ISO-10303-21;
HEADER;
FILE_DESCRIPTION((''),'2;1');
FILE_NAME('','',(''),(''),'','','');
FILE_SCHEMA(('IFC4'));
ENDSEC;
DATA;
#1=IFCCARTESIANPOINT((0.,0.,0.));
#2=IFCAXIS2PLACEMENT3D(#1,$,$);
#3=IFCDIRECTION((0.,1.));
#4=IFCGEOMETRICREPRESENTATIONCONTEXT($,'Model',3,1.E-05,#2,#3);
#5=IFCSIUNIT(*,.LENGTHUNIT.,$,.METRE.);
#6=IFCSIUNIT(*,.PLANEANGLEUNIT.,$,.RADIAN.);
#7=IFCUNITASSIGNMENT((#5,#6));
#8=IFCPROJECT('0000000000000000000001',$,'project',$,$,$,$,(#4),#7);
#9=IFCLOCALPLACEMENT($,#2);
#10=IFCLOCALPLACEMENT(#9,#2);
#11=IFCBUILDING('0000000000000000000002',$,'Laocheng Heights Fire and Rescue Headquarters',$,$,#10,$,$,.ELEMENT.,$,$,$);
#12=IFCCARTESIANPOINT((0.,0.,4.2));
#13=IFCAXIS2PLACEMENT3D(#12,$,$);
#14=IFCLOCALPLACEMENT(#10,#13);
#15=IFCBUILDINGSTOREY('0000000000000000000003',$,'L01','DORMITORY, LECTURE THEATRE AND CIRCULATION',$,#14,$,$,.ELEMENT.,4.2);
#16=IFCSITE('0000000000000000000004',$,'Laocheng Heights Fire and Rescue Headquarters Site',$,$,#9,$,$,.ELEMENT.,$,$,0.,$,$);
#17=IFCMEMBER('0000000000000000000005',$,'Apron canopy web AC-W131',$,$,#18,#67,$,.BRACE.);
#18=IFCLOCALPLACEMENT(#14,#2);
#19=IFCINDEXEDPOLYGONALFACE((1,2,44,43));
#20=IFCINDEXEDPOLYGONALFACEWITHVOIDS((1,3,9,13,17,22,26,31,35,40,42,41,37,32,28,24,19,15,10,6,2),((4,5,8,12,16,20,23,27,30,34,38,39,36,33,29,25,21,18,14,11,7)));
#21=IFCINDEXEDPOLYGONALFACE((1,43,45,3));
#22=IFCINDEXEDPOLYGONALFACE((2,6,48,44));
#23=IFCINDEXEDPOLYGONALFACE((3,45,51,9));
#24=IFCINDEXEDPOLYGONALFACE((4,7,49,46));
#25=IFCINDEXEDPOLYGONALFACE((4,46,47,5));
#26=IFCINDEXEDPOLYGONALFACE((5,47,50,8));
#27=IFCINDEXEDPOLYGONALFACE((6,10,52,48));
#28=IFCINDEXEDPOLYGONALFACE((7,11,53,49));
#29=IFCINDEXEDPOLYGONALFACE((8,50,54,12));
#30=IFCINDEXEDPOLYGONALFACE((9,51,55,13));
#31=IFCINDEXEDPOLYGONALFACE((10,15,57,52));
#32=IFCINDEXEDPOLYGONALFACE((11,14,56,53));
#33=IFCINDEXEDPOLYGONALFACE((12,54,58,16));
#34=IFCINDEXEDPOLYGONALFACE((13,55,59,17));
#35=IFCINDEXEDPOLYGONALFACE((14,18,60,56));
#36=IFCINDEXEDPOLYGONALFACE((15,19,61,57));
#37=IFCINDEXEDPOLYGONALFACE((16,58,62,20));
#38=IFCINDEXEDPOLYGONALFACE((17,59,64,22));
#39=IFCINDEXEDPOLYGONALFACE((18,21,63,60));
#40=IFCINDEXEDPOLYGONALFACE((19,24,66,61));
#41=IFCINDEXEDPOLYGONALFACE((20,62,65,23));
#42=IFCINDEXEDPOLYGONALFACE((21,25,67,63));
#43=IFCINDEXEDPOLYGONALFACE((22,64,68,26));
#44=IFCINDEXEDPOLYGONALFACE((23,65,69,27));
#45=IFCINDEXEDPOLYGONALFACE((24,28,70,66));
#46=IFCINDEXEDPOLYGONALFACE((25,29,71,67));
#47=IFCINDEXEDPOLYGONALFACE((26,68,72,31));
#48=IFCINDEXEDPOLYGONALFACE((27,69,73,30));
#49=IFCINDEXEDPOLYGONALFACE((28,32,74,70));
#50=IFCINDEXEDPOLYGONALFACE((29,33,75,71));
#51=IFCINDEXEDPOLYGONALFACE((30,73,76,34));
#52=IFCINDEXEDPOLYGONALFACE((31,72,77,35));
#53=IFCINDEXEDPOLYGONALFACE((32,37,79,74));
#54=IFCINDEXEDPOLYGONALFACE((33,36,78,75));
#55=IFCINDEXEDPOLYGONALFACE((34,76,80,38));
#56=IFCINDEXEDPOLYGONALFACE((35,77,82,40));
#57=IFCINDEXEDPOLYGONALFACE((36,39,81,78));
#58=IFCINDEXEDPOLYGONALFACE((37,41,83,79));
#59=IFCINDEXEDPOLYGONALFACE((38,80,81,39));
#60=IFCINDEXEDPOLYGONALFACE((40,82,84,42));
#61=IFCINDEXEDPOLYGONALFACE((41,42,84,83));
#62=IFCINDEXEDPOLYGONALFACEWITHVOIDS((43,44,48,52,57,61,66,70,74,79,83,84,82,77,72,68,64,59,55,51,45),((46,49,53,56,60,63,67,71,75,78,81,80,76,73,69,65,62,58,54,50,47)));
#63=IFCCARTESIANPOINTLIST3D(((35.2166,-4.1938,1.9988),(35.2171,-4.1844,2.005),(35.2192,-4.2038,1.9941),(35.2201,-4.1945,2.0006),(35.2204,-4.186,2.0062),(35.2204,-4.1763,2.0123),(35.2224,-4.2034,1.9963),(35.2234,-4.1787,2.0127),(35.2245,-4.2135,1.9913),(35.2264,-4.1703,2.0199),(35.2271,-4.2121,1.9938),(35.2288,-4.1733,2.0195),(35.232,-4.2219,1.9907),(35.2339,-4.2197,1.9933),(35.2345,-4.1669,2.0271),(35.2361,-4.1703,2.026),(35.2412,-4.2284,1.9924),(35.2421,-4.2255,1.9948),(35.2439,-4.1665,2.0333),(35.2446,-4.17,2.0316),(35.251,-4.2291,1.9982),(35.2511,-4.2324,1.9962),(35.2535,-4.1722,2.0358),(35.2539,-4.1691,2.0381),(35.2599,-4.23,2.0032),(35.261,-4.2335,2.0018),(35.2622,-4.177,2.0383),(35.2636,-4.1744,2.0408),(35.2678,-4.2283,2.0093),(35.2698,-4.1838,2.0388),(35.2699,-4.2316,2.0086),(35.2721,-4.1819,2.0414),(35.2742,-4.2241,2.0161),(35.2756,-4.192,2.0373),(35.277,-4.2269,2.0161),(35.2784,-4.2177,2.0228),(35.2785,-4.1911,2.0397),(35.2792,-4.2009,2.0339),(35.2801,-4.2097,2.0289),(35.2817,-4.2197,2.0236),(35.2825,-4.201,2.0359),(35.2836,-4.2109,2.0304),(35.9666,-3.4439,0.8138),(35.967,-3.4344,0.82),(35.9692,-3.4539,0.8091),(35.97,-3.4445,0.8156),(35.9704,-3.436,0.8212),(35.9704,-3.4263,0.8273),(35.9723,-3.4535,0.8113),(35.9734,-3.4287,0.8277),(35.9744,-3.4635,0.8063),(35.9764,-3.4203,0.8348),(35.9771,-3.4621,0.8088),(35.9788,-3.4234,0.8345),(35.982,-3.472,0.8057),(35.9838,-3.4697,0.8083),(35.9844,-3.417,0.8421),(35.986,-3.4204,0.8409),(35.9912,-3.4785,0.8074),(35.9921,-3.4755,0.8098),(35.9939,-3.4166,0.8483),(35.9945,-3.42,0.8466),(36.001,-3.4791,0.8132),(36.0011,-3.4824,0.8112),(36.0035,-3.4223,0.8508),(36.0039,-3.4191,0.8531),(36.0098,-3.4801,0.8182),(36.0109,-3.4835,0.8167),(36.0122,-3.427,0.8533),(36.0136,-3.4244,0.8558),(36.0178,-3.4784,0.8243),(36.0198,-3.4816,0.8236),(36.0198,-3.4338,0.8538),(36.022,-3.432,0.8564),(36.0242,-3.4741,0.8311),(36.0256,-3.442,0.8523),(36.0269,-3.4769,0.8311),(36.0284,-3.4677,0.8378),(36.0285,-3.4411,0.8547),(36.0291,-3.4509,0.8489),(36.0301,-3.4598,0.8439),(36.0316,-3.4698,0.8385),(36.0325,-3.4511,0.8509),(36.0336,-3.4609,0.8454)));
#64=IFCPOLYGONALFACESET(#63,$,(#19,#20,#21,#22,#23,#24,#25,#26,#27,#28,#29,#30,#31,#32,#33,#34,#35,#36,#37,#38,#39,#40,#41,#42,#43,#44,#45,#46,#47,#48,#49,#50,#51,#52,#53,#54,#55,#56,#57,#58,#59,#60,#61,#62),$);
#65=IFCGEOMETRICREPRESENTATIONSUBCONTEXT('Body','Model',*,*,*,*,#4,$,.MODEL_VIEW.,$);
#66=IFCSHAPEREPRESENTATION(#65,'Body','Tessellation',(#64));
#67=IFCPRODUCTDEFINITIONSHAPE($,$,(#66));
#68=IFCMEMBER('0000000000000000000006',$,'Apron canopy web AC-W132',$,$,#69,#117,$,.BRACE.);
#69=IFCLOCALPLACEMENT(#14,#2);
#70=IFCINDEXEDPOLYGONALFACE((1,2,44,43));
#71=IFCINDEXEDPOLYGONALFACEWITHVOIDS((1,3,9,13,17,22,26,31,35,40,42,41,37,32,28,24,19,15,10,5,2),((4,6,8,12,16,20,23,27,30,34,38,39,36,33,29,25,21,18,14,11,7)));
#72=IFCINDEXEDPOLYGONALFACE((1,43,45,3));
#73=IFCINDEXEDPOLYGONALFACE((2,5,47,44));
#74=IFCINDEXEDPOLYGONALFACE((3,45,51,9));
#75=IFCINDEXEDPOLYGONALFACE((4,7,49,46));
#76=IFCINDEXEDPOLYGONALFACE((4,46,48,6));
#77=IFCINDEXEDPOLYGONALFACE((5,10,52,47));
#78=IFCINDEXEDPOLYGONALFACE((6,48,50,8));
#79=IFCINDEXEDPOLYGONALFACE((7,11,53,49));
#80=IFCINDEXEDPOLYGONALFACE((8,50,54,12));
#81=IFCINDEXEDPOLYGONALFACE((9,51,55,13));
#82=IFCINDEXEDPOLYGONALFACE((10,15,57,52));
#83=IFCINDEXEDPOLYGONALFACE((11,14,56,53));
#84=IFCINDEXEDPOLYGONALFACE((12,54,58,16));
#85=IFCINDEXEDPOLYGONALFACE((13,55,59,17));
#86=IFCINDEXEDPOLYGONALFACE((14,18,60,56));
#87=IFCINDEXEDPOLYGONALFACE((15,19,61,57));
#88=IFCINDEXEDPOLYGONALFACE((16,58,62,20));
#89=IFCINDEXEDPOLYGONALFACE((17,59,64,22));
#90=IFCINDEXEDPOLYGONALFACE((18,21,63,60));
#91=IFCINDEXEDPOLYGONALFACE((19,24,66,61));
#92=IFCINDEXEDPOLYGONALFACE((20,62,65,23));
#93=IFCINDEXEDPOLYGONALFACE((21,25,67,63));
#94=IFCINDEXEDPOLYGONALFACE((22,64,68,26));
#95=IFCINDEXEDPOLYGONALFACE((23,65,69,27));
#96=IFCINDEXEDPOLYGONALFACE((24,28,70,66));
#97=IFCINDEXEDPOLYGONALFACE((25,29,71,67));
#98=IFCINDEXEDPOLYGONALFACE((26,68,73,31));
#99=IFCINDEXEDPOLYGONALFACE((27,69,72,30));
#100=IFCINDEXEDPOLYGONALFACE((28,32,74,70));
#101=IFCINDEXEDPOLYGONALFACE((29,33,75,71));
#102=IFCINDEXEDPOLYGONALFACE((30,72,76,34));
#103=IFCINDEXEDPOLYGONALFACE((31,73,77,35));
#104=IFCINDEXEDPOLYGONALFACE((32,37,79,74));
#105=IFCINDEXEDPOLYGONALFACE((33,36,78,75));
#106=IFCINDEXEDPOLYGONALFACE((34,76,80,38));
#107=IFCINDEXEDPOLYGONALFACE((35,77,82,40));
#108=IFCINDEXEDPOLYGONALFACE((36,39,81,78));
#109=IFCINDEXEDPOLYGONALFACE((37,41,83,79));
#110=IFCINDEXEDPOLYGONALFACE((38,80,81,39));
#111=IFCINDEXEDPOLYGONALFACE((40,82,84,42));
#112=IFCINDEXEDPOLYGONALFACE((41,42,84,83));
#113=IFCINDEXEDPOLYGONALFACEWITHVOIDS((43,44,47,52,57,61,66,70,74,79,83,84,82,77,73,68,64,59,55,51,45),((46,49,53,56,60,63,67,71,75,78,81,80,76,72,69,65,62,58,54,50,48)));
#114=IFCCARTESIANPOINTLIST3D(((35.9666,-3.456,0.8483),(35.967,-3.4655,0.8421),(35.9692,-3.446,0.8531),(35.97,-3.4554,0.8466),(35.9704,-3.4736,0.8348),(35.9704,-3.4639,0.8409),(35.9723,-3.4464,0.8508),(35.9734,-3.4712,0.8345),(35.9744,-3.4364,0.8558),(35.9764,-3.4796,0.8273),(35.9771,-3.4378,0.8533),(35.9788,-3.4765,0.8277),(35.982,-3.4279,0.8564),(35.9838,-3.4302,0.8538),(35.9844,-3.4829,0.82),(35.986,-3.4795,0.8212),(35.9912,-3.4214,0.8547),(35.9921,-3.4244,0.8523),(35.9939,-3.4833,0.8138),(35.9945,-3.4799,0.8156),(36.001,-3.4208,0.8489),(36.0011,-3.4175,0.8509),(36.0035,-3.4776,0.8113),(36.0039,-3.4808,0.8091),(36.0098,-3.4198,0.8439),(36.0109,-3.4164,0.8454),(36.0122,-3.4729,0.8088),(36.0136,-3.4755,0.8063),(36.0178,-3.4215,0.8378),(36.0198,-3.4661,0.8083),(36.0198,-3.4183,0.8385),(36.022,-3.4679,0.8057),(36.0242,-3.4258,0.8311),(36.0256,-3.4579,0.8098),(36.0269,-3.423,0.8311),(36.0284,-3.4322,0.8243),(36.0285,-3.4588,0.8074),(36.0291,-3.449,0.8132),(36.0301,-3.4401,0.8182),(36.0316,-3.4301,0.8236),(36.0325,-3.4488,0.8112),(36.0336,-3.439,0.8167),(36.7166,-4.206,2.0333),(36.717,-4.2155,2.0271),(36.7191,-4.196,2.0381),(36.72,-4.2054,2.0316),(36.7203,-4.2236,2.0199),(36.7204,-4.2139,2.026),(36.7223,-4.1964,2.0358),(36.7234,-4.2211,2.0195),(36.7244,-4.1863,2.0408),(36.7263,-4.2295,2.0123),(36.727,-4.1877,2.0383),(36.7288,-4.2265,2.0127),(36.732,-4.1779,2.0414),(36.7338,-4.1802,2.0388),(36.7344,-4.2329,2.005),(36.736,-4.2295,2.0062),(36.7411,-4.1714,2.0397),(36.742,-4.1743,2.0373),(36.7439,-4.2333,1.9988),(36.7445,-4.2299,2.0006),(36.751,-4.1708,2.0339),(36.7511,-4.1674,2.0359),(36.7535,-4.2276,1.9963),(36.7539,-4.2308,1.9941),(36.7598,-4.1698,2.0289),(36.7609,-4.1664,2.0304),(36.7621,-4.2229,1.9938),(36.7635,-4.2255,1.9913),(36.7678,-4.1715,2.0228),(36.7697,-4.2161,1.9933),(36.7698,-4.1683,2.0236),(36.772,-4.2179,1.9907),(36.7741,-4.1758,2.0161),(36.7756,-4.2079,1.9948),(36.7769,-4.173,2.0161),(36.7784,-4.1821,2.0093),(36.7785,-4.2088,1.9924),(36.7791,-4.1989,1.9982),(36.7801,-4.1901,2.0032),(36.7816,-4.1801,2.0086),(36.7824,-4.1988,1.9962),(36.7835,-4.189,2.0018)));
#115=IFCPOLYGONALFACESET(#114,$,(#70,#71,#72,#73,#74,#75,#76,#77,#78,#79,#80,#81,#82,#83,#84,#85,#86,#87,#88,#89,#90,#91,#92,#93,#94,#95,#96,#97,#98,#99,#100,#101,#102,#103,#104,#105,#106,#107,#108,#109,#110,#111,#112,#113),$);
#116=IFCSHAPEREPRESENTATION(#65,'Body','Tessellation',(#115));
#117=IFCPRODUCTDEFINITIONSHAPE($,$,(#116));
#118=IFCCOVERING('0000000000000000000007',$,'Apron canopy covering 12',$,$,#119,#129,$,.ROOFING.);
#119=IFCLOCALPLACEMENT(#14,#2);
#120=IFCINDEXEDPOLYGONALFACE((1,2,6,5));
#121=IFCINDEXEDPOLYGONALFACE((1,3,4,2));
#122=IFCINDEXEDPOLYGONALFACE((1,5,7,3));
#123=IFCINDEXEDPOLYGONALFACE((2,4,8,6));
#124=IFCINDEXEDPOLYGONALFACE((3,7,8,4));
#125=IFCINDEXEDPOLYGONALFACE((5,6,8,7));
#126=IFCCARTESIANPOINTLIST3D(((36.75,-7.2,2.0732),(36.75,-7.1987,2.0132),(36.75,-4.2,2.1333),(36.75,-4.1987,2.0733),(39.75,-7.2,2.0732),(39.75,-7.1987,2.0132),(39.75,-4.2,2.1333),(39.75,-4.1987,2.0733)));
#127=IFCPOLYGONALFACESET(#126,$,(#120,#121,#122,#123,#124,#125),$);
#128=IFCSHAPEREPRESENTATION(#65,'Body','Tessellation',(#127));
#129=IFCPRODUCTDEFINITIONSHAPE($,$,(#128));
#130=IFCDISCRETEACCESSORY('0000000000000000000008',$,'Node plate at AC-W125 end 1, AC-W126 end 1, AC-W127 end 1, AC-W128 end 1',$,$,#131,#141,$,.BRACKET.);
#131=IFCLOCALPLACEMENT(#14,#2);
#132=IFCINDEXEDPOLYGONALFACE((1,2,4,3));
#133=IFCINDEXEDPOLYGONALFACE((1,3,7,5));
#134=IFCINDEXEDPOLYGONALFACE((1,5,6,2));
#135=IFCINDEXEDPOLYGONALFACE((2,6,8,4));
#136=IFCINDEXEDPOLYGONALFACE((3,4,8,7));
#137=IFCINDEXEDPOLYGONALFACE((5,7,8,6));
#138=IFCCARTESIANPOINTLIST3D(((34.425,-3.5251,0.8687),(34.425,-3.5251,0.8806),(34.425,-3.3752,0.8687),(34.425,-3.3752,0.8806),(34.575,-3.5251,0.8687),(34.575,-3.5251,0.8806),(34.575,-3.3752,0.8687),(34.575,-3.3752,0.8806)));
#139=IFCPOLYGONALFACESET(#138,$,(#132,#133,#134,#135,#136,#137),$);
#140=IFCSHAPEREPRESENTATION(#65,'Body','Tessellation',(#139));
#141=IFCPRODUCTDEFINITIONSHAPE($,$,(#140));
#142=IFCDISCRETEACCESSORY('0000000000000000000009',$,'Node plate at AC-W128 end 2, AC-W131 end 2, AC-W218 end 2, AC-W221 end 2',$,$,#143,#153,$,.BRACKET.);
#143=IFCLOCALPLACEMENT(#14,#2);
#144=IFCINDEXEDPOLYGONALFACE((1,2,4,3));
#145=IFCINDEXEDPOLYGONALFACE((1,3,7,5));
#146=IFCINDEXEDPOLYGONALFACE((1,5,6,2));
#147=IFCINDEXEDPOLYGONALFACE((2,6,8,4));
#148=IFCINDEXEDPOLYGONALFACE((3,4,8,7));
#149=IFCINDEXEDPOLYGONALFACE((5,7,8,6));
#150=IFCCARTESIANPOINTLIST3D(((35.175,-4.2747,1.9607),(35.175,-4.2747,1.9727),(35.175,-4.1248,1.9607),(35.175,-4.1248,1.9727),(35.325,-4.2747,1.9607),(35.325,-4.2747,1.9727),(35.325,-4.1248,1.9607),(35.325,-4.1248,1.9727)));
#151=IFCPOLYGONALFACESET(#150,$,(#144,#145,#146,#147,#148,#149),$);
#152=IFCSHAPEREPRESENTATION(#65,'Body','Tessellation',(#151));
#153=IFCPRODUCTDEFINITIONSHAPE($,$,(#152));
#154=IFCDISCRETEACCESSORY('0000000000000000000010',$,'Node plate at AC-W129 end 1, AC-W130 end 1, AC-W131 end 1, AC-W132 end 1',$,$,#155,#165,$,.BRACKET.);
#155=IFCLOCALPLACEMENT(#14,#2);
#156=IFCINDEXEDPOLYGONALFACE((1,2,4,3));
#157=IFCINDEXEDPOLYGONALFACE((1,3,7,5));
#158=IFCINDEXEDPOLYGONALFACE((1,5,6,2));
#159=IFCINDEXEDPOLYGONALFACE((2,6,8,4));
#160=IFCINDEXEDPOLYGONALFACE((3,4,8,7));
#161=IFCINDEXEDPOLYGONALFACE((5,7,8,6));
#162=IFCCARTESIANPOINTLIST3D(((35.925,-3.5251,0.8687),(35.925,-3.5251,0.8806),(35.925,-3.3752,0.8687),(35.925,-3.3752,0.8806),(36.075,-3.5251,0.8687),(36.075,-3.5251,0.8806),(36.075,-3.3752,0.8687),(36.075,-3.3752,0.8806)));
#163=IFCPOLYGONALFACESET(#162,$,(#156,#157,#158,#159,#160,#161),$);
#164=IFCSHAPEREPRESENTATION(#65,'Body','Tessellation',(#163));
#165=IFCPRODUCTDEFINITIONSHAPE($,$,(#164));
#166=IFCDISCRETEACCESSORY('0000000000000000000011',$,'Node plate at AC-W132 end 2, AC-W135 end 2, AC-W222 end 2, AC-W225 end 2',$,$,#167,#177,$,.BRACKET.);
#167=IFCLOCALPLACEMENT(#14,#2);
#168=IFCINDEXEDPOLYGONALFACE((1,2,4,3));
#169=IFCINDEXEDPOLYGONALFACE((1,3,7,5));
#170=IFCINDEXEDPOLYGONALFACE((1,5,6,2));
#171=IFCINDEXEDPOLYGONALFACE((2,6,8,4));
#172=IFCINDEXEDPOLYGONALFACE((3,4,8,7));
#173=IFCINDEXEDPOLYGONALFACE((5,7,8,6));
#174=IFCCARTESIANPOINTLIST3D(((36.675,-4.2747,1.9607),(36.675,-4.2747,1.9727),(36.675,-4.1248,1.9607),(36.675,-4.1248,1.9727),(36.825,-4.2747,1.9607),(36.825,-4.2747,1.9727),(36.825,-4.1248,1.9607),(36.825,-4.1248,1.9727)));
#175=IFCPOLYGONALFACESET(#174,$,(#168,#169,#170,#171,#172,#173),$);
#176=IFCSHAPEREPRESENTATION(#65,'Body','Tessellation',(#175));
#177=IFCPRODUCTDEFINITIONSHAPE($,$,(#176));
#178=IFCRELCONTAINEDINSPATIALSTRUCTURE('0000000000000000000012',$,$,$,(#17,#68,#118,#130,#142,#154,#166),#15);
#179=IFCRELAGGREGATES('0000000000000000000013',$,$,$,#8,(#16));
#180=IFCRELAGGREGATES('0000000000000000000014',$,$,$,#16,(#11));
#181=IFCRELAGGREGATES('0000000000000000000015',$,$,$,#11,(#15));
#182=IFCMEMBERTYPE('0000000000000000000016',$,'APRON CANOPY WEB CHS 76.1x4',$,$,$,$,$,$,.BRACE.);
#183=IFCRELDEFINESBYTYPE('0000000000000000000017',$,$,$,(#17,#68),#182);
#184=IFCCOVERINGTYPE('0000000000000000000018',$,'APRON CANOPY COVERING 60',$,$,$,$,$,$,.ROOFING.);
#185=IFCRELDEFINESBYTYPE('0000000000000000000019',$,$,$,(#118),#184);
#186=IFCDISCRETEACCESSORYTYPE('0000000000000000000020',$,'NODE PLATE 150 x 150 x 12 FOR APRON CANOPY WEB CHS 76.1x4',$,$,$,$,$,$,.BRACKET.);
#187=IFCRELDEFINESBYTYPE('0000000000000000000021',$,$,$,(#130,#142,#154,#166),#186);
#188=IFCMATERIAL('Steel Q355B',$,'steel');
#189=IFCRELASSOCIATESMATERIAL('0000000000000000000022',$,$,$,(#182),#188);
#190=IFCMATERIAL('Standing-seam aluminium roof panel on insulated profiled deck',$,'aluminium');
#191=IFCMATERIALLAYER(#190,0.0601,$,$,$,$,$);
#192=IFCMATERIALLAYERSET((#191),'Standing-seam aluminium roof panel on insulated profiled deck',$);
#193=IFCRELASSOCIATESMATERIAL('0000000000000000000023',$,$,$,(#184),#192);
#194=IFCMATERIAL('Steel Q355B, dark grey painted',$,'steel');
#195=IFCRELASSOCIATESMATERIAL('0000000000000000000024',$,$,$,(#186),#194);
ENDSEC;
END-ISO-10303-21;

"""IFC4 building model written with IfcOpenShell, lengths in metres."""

from ifc_helpers import new_model, si_unit, direction, frame, origin, origin_2d, place, context, subcontext, project, spatial, polyline, rectangle, hollow_circle, outline, extrude, material, layer, layer_set, material_profile, profile_set, type_object, element, save


model = new_model("IFC4")

# Units and contexts
model_context = context("Model", 3, precision=1e-05, world=origin(), true_north=direction((0.0, 1.0)))
body_context = subcontext(model_context, "Body", "Model", "MODEL_VIEW")
ifc_project = project(units=[si_unit("LENGTHUNIT", "METRE"), si_unit("PLANEANGLEUNIT", "RADIAN")], contexts=[model_context])

# Site, building, storey
site_placement = place(None, origin())
site = spatial("IfcSite", under=ifc_project, at=site_placement, Name="Laocheng Heights Fire and Rescue Headquarters Site", CompositionType="ELEMENT", RefElevation=0.0)
building_placement = place(site_placement, origin())
building = spatial("IfcBuilding", under=site, at=building_placement, Name="Laocheng Heights Fire and Rescue Headquarters", CompositionType="ELEMENT")
storey_placement = place(building_placement, frame((0.0, 0.0, 4.2)))
storey = spatial("IfcBuildingStorey", under=building, at=storey_placement, Name="L01", Description="DORMITORY, LECTURE THEATRE AND CIRCULATION", CompositionType="ELEMENT", Elevation=4.2)

# Members
ifc_material_1 = material(Name="Steel Q355B", Category="steel")
ifc_material_profile_1 = material_profile(ifc_material_1, hollow_circle(Radius=0.0381, WallThickness=0.0039, at=origin_2d()), Name="CHS 76.1x4")
ifc_profile_set_1 = profile_set([ifc_material_profile_1], Name="Steel Q355B")
member_type_1 = type_object("IfcMemberType", Name="APRON CANOPY WEB CHS 76.1x4", PredefinedType="BRACE", material=ifc_profile_set_1)
for number, where, z_axis, x_axis, name in (
    (1, (36.0, -3.45, 0.8311), (-0.47158, -0.47158, 0.745134), (0.707107, -0.707107, 0.0), "Apron canopy web AC-W131"),
    (2, (36.0, -3.45, 0.8311), (0.47158, -0.47158, 0.745134), (0.707107, 0.707107, 0.0), "Apron canopy web AC-W132"),
):
    element("IfcMember", number, at=place(storey_placement, frame(where, z_axis=z_axis, x_axis=x_axis)), inside=storey, type_object=member_type_1, Name=name, PredefinedType="BRACE", context=body_context, shape_type="SweptSolid", body=[
        extrude(hollow_circle(Radius=0.0381, WallThickness=0.0039, at=origin_2d()), origin(), (0.0, 0.0, 1.0), 1.5903),
    ])

# Covering
ifc_material_2 = material(Name="Standing-seam aluminium roof panel on insulated profiled deck", Category="aluminium")
ifc_layer = layer(ifc_material_2, 0.0601)
ifc_layer_set = layer_set([ifc_layer], Name="Standing-seam aluminium roof panel on insulated profiled deck")
covering_type = type_object("IfcCoveringType", Name="APRON CANOPY COVERING 60", PredefinedType="ROOFING", material=ifc_layer_set)
covering_placement = place(storey_placement, frame((36.75, -4.2, 2.1333), z_axis=(0.0, -0.020016, 0.9998), x_axis=(1.0, 0.0, 0.0)))
element("IfcCovering", 3, at=covering_placement, inside=storey, type_object=covering_type, Name="Apron canopy covering 12", PredefinedType="ROOFING", context=body_context, shape_type="SweptSolid", body=[
    extrude(outline(polyline([(0.0, 0.0), (3.0, 0.0), (3.0, -3.0006), (0.0, -3.0006), (0.0, 0.0)])), origin(), (0.0, 0.0, -1.0), 0.0601),
])

# Discrete accessories
ifc_material_3 = material(Name="Steel Q355B, dark grey painted", Category="steel")
ifc_material_profile_2 = material_profile(ifc_material_3, rectangle(XDim=0.1499, YDim=0.1499, at=origin_2d()), Name="NODE PLATE 150 x 150 x 12 FOR APRON CANOPY WEB CHS 76.1x4")
ifc_profile_set_2 = profile_set([ifc_material_profile_2], Name="Steel Q355B, dark grey painted")
discrete_accessory_type = type_object("IfcDiscreteAccessoryType", Name="NODE PLATE 150 x 150 x 12 FOR APRON CANOPY WEB CHS 76.1x4", PredefinedType="BRACKET", material=ifc_profile_set_2)
for number, where, z_axis, x_axis, name in (
    (4, (34.5, -3.4502, 0.8687), (0.0, 0.0, 1.0), (1.0, 0.0, 0.0), "Node plate at AC-W125 end 1, AC-W126 end 1, AC-W127 end 1, AC-W128 end 1"),
    (5, (35.25, -4.1997, 1.9727), (0.0, 0.0, -1.0), (1.0, 0.0, 0.0), "Node plate at AC-W128 end 2, AC-W131 end 2, AC-W218 end 2, AC-W221 end 2"),
    (6, (36.0, -3.4502, 0.8687), (0.0, 0.0, 1.0), (1.0, 0.0, 0.0), "Node plate at AC-W129 end 1, AC-W130 end 1, AC-W131 end 1, AC-W132 end 1"),
    (7, (36.75, -4.1997, 1.9727), (0.0, 0.0, -1.0), (1.0, 0.0, 0.0), "Node plate at AC-W132 end 2, AC-W135 end 2, AC-W222 end 2, AC-W225 end 2"),
):
    element("IfcDiscreteAccessory", number, at=place(storey_placement, frame(where, z_axis=z_axis, x_axis=x_axis)), inside=storey, type_object=discrete_accessory_type, Name=name, PredefinedType="BRACKET", context=body_context, shape_type="SweptSolid", body=[
        extrude(rectangle(XDim=0.1499, YDim=0.1499, at=origin_2d()), origin(), (0.0, 0.0, 1.0), 0.012),
    ])

save(model, "model.ifc")
